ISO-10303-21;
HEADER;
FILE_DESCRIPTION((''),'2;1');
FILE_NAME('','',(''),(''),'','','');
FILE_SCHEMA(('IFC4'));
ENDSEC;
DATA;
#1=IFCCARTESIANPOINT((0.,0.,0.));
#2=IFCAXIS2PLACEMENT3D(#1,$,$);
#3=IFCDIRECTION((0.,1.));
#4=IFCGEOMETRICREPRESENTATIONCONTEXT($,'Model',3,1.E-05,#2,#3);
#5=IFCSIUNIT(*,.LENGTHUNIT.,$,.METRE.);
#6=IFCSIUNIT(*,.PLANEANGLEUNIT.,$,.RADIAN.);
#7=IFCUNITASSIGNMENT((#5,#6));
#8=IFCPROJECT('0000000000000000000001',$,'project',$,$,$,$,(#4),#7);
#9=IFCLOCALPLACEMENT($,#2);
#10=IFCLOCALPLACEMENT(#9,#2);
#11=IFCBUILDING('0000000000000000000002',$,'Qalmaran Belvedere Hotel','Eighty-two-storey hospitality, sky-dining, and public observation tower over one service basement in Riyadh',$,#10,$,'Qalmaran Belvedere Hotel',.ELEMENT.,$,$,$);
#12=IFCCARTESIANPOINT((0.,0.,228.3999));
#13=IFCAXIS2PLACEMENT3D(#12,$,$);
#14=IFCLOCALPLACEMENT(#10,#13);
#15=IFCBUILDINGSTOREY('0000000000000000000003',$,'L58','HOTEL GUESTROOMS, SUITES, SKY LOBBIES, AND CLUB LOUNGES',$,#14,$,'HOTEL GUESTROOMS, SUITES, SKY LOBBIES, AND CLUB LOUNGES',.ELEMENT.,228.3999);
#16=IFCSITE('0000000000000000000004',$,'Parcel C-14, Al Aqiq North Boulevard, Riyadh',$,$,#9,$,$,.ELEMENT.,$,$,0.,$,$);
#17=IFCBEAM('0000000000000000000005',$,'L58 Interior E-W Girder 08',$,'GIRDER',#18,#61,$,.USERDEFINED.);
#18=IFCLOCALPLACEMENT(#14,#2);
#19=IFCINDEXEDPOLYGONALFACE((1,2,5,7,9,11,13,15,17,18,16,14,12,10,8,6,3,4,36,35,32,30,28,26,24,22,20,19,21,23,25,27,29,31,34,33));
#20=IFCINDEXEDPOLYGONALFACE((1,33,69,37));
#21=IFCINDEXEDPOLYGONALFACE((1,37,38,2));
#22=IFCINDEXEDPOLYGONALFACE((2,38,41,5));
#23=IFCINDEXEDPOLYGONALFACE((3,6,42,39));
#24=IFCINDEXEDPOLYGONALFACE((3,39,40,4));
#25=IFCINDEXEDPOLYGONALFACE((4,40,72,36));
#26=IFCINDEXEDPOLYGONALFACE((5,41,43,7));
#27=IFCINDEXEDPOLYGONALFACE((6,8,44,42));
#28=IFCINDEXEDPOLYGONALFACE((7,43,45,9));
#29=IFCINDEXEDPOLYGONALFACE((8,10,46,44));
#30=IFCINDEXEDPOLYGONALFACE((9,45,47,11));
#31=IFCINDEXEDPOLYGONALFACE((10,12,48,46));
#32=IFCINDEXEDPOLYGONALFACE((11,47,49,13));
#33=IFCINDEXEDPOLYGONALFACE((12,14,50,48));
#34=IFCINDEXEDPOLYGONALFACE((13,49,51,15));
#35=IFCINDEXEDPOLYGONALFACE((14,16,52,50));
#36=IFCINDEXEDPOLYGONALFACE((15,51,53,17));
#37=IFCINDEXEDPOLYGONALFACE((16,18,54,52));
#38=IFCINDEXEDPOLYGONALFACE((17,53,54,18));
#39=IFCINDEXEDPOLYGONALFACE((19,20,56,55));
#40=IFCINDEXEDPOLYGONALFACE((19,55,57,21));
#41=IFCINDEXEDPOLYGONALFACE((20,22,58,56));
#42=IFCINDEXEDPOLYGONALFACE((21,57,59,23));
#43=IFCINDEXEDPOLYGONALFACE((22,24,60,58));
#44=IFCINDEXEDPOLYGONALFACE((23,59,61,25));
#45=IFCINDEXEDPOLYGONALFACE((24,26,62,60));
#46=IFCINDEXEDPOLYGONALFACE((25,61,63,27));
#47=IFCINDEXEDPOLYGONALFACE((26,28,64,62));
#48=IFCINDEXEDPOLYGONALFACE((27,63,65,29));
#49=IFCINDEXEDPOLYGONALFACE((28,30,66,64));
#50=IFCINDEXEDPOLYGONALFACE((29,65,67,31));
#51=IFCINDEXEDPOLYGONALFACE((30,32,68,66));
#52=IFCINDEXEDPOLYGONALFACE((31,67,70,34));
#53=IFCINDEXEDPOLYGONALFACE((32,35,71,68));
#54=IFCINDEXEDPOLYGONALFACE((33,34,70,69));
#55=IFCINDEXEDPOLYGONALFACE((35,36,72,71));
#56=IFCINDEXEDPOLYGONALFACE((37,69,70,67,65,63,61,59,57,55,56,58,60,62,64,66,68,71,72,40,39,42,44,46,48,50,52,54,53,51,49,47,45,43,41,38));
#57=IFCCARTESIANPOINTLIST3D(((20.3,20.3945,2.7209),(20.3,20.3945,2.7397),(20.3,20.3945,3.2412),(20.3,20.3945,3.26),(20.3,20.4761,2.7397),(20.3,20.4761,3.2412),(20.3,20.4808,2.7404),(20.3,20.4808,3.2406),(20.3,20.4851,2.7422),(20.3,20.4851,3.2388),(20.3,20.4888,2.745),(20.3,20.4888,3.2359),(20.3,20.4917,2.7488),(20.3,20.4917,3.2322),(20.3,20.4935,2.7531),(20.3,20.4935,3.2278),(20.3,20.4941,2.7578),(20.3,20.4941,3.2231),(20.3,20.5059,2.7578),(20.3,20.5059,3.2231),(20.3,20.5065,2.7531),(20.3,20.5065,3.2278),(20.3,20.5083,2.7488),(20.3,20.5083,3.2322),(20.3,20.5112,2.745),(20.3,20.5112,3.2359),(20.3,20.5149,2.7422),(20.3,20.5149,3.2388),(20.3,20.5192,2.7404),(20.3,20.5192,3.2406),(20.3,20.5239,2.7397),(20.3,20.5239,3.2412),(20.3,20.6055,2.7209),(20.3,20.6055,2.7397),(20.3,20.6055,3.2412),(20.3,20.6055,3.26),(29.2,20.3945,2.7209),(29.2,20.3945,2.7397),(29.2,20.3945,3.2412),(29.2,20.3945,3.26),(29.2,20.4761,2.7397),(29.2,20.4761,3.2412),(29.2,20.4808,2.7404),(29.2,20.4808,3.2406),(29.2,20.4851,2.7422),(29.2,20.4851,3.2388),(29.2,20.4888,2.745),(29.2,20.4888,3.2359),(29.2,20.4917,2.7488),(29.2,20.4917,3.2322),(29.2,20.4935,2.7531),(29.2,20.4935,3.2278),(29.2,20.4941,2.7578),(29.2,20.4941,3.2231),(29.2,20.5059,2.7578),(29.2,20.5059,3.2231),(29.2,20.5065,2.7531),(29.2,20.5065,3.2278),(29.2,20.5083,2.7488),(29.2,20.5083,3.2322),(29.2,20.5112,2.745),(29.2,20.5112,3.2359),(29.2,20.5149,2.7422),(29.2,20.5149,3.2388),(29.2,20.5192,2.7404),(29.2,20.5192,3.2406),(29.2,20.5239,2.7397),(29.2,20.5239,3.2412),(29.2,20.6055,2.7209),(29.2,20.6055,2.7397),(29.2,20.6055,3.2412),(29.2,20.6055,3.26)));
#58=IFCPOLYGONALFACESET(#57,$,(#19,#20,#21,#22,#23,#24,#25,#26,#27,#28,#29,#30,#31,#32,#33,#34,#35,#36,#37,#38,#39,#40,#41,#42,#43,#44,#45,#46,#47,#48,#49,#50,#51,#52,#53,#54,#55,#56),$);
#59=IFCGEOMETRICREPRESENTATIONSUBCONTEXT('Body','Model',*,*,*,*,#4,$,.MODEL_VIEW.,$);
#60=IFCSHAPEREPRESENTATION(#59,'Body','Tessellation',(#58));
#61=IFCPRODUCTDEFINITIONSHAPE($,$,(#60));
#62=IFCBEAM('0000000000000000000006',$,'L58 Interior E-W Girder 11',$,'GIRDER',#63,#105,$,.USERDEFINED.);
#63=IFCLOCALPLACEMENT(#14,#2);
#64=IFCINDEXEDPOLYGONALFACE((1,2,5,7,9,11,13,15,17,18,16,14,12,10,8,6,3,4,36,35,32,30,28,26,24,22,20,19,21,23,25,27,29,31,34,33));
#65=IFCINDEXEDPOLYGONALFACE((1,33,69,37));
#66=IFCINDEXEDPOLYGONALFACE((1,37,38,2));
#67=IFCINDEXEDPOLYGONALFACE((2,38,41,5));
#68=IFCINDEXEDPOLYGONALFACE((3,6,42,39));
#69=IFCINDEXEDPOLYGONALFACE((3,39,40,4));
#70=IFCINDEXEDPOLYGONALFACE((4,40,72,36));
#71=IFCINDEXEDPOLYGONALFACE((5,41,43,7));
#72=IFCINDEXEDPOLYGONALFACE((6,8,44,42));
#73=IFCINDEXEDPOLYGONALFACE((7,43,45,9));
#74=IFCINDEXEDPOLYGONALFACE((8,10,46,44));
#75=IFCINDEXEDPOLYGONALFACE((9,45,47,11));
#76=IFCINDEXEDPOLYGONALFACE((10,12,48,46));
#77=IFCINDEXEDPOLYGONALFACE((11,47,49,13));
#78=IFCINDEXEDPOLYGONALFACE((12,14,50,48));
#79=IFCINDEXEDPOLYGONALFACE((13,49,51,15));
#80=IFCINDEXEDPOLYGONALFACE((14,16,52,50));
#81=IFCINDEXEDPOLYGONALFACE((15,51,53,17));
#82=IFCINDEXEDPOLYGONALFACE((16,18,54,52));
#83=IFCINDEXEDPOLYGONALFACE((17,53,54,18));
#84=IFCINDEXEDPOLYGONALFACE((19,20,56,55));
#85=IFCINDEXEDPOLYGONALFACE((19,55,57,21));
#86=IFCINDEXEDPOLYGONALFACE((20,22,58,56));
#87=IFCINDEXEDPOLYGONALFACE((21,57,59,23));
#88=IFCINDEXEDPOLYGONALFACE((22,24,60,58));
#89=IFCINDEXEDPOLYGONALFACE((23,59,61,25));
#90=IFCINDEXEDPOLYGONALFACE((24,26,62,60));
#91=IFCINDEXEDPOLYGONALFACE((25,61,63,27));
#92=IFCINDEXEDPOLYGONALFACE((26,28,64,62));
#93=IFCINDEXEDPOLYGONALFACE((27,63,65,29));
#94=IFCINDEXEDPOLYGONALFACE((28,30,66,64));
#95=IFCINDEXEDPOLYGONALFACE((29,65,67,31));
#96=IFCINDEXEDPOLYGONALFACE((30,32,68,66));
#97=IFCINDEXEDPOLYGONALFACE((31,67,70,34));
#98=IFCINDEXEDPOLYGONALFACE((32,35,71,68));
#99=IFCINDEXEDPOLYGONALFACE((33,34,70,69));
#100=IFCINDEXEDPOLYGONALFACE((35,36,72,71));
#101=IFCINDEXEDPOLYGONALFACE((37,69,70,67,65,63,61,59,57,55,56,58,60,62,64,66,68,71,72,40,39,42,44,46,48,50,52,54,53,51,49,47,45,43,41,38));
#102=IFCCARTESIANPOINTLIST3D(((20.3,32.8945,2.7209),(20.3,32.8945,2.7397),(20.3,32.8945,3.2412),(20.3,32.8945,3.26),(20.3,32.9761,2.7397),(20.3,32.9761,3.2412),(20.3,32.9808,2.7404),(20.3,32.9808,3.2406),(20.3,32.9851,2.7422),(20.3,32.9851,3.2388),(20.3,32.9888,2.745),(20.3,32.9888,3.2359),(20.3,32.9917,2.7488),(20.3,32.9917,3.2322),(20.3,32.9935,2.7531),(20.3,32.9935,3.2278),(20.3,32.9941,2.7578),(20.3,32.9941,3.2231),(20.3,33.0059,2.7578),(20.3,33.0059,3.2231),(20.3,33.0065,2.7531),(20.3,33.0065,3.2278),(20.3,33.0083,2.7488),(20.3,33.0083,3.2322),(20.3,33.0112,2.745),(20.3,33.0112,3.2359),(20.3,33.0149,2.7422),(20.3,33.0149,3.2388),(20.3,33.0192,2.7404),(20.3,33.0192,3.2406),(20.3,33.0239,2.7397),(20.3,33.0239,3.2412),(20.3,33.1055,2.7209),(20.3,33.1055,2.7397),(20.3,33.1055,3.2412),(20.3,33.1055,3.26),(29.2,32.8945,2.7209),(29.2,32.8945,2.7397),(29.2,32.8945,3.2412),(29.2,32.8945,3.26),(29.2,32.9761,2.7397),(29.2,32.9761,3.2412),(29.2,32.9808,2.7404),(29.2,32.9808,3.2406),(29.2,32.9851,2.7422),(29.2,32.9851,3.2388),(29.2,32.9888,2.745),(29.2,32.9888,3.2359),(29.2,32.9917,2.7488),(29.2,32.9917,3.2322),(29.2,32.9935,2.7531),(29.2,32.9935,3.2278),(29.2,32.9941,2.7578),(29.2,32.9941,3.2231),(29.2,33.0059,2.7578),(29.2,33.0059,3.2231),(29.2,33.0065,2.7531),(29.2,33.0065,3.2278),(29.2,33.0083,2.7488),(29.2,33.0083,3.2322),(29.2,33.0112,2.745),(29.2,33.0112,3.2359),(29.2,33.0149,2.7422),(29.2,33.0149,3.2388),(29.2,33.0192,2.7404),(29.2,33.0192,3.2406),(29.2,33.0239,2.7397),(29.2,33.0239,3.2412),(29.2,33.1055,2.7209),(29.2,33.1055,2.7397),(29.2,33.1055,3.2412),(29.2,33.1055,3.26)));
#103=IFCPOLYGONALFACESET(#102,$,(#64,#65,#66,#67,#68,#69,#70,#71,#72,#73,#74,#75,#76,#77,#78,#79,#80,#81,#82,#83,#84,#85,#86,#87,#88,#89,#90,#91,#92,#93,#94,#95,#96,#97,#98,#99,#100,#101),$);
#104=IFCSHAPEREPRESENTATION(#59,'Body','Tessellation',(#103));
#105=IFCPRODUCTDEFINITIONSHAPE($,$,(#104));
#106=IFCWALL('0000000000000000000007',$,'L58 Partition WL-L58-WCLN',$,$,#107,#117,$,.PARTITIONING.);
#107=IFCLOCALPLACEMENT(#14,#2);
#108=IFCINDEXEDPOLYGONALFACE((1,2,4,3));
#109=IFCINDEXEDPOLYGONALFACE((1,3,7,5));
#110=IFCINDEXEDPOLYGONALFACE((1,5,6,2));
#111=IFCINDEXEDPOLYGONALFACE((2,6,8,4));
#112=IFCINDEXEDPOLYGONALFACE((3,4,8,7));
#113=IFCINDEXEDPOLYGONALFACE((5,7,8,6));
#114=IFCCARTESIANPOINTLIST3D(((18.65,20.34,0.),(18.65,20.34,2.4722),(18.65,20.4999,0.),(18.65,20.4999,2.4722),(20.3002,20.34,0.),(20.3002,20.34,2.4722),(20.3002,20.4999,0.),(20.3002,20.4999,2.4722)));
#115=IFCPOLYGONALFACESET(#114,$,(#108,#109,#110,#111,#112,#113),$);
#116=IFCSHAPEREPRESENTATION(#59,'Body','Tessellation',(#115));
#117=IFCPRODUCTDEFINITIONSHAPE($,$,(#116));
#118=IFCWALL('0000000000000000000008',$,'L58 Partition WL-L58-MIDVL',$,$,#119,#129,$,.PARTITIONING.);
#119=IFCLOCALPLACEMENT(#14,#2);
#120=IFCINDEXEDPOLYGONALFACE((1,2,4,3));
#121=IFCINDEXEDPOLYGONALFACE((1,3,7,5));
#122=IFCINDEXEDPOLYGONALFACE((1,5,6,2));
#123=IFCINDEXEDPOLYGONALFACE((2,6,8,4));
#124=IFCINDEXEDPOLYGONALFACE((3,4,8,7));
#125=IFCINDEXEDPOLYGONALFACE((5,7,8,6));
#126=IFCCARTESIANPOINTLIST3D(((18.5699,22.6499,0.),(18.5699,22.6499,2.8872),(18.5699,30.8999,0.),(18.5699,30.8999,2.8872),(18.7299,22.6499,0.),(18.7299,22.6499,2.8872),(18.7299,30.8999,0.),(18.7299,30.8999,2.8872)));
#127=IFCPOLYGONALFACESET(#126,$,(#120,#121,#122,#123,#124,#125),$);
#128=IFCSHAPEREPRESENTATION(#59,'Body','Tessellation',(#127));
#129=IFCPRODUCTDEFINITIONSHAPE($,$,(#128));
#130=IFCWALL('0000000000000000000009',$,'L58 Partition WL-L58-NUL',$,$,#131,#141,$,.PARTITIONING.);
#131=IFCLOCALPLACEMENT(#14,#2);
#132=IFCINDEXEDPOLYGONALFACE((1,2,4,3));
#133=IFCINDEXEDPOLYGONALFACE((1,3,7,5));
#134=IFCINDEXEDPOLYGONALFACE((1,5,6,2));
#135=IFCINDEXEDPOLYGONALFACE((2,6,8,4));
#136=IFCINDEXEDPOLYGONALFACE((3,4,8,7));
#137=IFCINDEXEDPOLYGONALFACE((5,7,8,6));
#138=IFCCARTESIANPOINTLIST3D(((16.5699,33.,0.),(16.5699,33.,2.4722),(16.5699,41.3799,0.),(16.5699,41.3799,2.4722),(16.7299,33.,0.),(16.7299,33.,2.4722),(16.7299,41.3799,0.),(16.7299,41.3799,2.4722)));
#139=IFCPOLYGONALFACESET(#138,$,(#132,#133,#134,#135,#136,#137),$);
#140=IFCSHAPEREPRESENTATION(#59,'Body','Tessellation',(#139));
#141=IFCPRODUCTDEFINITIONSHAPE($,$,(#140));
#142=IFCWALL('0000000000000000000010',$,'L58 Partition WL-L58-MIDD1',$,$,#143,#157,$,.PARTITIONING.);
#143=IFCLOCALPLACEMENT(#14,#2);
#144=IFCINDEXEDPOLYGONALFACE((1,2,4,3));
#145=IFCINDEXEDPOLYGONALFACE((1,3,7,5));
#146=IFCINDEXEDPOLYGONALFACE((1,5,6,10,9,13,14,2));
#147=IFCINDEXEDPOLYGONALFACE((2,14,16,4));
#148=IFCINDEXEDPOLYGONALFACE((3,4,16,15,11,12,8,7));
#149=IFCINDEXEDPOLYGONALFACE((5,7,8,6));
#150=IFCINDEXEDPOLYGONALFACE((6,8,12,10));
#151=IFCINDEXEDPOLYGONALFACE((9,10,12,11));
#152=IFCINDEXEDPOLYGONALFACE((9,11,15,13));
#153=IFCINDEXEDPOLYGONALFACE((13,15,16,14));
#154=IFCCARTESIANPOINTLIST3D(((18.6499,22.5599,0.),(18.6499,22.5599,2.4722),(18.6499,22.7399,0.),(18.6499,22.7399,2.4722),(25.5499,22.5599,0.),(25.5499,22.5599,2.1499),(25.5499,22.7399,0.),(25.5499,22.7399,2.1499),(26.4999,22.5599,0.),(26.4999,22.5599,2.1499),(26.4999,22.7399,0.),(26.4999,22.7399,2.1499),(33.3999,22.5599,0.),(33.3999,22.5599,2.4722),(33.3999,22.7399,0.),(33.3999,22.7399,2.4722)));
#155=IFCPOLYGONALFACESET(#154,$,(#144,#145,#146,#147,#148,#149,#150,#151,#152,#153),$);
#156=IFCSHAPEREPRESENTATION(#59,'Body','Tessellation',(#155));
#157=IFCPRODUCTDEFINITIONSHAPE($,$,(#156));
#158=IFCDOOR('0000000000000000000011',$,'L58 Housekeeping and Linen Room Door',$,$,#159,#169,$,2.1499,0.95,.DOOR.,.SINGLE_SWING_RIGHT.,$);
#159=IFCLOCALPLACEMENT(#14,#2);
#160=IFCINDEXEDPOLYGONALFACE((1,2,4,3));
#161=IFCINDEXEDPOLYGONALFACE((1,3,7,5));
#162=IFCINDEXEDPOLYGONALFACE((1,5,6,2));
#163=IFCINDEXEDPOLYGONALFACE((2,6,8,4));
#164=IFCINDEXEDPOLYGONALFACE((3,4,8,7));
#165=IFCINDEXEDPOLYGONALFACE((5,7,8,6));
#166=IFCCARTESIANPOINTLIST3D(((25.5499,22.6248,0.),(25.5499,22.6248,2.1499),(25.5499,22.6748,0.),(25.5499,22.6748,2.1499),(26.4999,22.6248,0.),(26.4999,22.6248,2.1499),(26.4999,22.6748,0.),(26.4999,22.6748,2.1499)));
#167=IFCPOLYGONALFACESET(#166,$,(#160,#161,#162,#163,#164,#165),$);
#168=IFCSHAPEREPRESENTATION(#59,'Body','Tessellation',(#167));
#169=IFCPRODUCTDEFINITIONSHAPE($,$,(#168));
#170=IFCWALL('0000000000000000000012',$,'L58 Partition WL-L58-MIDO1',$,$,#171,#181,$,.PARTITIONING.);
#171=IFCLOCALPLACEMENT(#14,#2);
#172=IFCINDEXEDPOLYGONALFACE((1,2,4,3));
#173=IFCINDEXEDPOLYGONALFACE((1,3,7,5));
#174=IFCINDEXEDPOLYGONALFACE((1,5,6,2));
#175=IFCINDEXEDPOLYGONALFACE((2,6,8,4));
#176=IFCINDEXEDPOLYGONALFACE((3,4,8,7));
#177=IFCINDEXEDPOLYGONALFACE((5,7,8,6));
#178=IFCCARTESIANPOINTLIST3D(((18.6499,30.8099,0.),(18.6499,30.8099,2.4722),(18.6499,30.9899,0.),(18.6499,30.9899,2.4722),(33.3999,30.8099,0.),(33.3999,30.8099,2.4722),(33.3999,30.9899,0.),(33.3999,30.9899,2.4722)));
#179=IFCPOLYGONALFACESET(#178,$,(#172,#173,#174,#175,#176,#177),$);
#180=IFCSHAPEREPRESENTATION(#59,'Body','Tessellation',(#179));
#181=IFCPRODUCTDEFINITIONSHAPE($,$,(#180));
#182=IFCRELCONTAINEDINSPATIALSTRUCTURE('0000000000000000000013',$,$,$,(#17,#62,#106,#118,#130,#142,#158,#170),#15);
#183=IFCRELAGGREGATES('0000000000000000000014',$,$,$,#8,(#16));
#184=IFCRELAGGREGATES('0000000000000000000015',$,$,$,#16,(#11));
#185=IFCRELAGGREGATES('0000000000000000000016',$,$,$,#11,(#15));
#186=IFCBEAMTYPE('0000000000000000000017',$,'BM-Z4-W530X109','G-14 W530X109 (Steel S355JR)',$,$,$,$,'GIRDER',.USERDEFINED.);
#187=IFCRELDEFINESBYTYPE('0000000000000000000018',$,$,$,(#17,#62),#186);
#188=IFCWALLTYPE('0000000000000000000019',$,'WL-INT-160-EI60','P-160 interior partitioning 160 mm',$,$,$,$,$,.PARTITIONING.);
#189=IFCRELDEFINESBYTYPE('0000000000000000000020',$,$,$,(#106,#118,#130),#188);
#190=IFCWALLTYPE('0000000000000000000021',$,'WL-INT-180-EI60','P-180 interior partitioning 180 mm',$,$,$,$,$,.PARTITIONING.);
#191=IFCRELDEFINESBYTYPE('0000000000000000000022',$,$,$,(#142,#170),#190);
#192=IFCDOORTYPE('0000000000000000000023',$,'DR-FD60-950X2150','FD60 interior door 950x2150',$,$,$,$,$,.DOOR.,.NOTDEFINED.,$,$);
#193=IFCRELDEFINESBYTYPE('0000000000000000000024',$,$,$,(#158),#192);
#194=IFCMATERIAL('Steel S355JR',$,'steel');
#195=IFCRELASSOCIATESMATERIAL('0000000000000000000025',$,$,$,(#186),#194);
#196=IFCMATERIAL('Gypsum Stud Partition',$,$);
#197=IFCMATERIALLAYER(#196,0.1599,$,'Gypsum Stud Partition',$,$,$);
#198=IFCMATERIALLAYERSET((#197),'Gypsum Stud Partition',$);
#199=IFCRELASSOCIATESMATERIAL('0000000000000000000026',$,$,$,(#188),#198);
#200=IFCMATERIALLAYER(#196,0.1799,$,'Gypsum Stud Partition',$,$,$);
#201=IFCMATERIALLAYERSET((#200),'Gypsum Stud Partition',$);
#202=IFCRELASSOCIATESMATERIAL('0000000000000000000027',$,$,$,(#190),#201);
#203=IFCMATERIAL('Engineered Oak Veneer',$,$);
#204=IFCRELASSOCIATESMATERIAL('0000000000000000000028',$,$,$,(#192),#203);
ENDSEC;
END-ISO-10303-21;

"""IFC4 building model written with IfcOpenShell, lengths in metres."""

from ifc_helpers import new_model, si_unit, direction, frame, frame_2d, origin, origin_2d, place, context, subcontext, project, spatial, rectangle, i_section, extrude, material, layer, layer_set, material_profile, profile_set, type_object, element, fill, save


model = new_model("IFC4")

# Units and contexts
model_context = context("Model", 3, precision=1e-05, world=origin(), true_north=direction((0.0, 1.0)))
body_context = subcontext(model_context, "Body", "Model", "MODEL_VIEW")
ifc_project = project(units=[si_unit("LENGTHUNIT", "METRE"), si_unit("PLANEANGLEUNIT", "RADIAN")], contexts=[model_context])

# Site, building, storey
site_placement = place(None, origin())
site = spatial("IfcSite", under=ifc_project, at=site_placement, Name="Parcel C-14, Al Aqiq North Boulevard, Riyadh", CompositionType="ELEMENT", RefElevation=0.0)
building_placement = place(site_placement, origin())
building = spatial("IfcBuilding", under=site, at=building_placement, Name="Qalmaran Belvedere Hotel", Description="Eighty-two-storey hospitality, sky-dining, and public observation tower over one service basement in Riyadh", LongName="Qalmaran Belvedere Hotel", CompositionType="ELEMENT")
storey_placement = place(building_placement, frame((0.0, 0.0, 228.3999)))
storey = spatial("IfcBuildingStorey", under=building, at=storey_placement, Name="L58", Description="HOTEL GUESTROOMS, SUITES, SKY LOBBIES, AND CLUB LOUNGES", LongName="HOTEL GUESTROOMS, SUITES, SKY LOBBIES, AND CLUB LOUNGES", CompositionType="ELEMENT", Elevation=228.3999)

# Beams
ifc_material_1 = material(Name="Steel S355JR", Category="steel")
ifc_material_profile_1 = material_profile(ifc_material_1, i_section(OverallWidth=0.2109, OverallDepth=0.5391, WebThickness=0.0117, FlangeThickness=0.0188, FilletRadius=0.0181, at=origin_2d()), Name="W530X109")
ifc_profile_set_1 = profile_set([ifc_material_profile_1], Name="Steel S355JR")
beam_type_1 = type_object("IfcBeamType", Name="BM-Z4-W530X109", Description="G-14 W530X109 (Steel S355JR)", ElementType="GIRDER", PredefinedType="USERDEFINED", material=ifc_profile_set_1)
for number, where, z_axis, x_axis, name in (
    (1, (20.3, 20.5, 2.9905), (1.0, 0.0, 0.0), (0.0, 1.0, 0.0), "L58 Interior E-W Girder 08"),
    (2, (20.3, 33.0, 2.9905), (1.0, 0.0, 0.0), (0.0, 1.0, 0.0), "L58 Interior E-W Girder 11"),
):
    element("IfcBeam", number, at=place(storey_placement, frame(where, z_axis=z_axis, x_axis=x_axis)), inside=storey, type_object=beam_type_1, Name=name, ObjectType="GIRDER", PredefinedType="USERDEFINED", context=body_context, shape_type="SweptSolid", body=[
        extrude(i_section(OverallWidth=0.2109, OverallDepth=0.5391, WebThickness=0.0117, FlangeThickness=0.0188, FilletRadius=0.0181, at=origin_2d()), origin(), (0.0, 0.0, 1.0), 8.8999),
    ])

# Shared definitions
ifc_material_2 = material(Name="Gypsum Stud Partition")

# Walls
ifc_layer_1 = layer(ifc_material_2, 0.1599, Name="Gypsum Stud Partition")
ifc_layer_set_1 = layer_set([ifc_layer_1], Name="Gypsum Stud Partition")
wall_type_1 = type_object("IfcWallType", Name="WL-INT-160-EI60", Description="P-160 interior partitioning 160 mm", PredefinedType="PARTITIONING", material=ifc_layer_set_1)
wall_1_placement = place(storey_placement, frame((18.6499, 20.4199, 0.0), z_axis=(0.0, 0.0, 1.0), x_axis=(1.0, 0.0, 0.0)))
element("IfcWall", 3, at=wall_1_placement, inside=storey, type_object=wall_type_1, Name="L58 Partition WL-L58-WCLN", PredefinedType="PARTITIONING", context=body_context, shape_type="SweptSolid", body=[
    extrude(rectangle(XDim=1.6501, YDim=0.1599, at=frame_2d((0.8252, 0.0))), origin(), (0.0, 0.0, 1.0), 2.4722),
])
wall_2_placement = place(storey_placement, frame((18.6499, 22.6499, 0.0), z_axis=(0.0, 0.0, 1.0), x_axis=(0.0, 1.0, 0.0)))
element("IfcWall", 4, at=wall_2_placement, inside=storey, type_object=wall_type_1, Name="L58 Partition WL-L58-MIDVL", PredefinedType="PARTITIONING", context=body_context, shape_type="SweptSolid", body=[
    extrude(rectangle(XDim=8.25, YDim=0.1599, at=frame_2d((4.125, 0.0))), origin(), (0.0, 0.0, 1.0), 2.8872),
])
wall_3_placement = place(storey_placement, frame((16.6499, 33.0, 0.0), z_axis=(0.0, 0.0, 1.0), x_axis=(0.0, 1.0, 0.0)))
element("IfcWall", 5, at=wall_3_placement, inside=storey, type_object=wall_type_1, Name="L58 Partition WL-L58-NUL", PredefinedType="PARTITIONING", context=body_context, shape_type="SweptSolid", body=[
    extrude(rectangle(XDim=8.3799, YDim=0.1599, at=frame_2d((4.1899, 0.0))), origin(), (0.0, 0.0, 1.0), 2.4722),
])

# Wall, opening, door
ifc_layer_2 = layer(ifc_material_2, 0.1799, Name="Gypsum Stud Partition")
ifc_layer_set_2 = layer_set([ifc_layer_2], Name="Gypsum Stud Partition")
wall_type_2 = type_object("IfcWallType", Name="WL-INT-180-EI60", Description="P-180 interior partitioning 180 mm", PredefinedType="PARTITIONING", material=ifc_layer_set_2)
wall_4_placement = place(storey_placement, frame((18.6499, 22.6499, 0.0), z_axis=(0.0, 0.0, 1.0), x_axis=(1.0, 0.0, 0.0)))
wall_4 = element("IfcWall", 6, at=wall_4_placement, inside=storey, type_object=wall_type_2, Name="L58 Partition WL-L58-MIDD1", PredefinedType="PARTITIONING", context=body_context, shape_type="SweptSolid", body=[
    extrude(rectangle(XDim=14.75, YDim=0.1799, at=frame_2d((7.375, 0.0))), origin(), (0.0, 0.0, 1.0), 2.4722),
])
opening_1_placement = place(wall_4_placement, frame((6.8999, 0.0, 0.0)))
opening_1 = element("IfcOpeningElement", 7, at=opening_1_placement, cuts=wall_4, PredefinedType="OPENING", context=body_context, shape_type="SweptSolid", body=[
    extrude(rectangle(XDim=0.95, YDim=2.1499, at=frame_2d((0.4751, 1.075))), frame((0.0, 0.1001, 0.0), z_axis=(0.0, -1.0, 0.0), x_axis=(1.0, 0.0, 0.0)), (0.0, 0.0, 1.0), 0.2),
])
ifc_material_3 = material(Name="Engineered Oak Veneer")
door_type_1 = type_object("IfcDoorType", Name="DR-FD60-950X2150", Description="FD60 interior door 950x2150", OperationType="NOTDEFINED", PredefinedType="DOOR", material=ifc_material_3)
door_1_placement = place(opening_1_placement, origin())
door_1 = element("IfcDoor", 8, at=door_1_placement, inside=storey, type_object=door_type_1, Name="L58 Housekeeping and Linen Room Door", OperationType="SINGLE_SWING_RIGHT", OverallHeight=2.1499, OverallWidth=0.95, PredefinedType="DOOR", context=body_context, shape_type="SweptSolid", body=[
    extrude(rectangle(XDim=0.95, YDim=2.1499, at=frame_2d((0.4751, 1.075))), frame((0.0, 0.0249, 0.0), z_axis=(0.0, -1.0, 0.0), x_axis=(1.0, 0.0, 0.0)), (0.0, 0.0, 1.0), 0.05),
])
fill(opening_1, door_1)

# Wall
wall_5_placement = place(storey_placement, frame((18.6499, 30.8999, 0.0), z_axis=(0.0, 0.0, 1.0), x_axis=(1.0, 0.0, 0.0)))
element("IfcWall", 9, at=wall_5_placement, inside=storey, type_object=wall_type_2, Name="L58 Partition WL-L58-MIDO1", PredefinedType="PARTITIONING", context=body_context, shape_type="SweptSolid", body=[
    extrude(rectangle(XDim=14.75, YDim=0.1799, at=frame_2d((7.375, 0.0))), origin(), (0.0, 0.0, 1.0), 2.4722),
])

save(model, "model.ifc")
